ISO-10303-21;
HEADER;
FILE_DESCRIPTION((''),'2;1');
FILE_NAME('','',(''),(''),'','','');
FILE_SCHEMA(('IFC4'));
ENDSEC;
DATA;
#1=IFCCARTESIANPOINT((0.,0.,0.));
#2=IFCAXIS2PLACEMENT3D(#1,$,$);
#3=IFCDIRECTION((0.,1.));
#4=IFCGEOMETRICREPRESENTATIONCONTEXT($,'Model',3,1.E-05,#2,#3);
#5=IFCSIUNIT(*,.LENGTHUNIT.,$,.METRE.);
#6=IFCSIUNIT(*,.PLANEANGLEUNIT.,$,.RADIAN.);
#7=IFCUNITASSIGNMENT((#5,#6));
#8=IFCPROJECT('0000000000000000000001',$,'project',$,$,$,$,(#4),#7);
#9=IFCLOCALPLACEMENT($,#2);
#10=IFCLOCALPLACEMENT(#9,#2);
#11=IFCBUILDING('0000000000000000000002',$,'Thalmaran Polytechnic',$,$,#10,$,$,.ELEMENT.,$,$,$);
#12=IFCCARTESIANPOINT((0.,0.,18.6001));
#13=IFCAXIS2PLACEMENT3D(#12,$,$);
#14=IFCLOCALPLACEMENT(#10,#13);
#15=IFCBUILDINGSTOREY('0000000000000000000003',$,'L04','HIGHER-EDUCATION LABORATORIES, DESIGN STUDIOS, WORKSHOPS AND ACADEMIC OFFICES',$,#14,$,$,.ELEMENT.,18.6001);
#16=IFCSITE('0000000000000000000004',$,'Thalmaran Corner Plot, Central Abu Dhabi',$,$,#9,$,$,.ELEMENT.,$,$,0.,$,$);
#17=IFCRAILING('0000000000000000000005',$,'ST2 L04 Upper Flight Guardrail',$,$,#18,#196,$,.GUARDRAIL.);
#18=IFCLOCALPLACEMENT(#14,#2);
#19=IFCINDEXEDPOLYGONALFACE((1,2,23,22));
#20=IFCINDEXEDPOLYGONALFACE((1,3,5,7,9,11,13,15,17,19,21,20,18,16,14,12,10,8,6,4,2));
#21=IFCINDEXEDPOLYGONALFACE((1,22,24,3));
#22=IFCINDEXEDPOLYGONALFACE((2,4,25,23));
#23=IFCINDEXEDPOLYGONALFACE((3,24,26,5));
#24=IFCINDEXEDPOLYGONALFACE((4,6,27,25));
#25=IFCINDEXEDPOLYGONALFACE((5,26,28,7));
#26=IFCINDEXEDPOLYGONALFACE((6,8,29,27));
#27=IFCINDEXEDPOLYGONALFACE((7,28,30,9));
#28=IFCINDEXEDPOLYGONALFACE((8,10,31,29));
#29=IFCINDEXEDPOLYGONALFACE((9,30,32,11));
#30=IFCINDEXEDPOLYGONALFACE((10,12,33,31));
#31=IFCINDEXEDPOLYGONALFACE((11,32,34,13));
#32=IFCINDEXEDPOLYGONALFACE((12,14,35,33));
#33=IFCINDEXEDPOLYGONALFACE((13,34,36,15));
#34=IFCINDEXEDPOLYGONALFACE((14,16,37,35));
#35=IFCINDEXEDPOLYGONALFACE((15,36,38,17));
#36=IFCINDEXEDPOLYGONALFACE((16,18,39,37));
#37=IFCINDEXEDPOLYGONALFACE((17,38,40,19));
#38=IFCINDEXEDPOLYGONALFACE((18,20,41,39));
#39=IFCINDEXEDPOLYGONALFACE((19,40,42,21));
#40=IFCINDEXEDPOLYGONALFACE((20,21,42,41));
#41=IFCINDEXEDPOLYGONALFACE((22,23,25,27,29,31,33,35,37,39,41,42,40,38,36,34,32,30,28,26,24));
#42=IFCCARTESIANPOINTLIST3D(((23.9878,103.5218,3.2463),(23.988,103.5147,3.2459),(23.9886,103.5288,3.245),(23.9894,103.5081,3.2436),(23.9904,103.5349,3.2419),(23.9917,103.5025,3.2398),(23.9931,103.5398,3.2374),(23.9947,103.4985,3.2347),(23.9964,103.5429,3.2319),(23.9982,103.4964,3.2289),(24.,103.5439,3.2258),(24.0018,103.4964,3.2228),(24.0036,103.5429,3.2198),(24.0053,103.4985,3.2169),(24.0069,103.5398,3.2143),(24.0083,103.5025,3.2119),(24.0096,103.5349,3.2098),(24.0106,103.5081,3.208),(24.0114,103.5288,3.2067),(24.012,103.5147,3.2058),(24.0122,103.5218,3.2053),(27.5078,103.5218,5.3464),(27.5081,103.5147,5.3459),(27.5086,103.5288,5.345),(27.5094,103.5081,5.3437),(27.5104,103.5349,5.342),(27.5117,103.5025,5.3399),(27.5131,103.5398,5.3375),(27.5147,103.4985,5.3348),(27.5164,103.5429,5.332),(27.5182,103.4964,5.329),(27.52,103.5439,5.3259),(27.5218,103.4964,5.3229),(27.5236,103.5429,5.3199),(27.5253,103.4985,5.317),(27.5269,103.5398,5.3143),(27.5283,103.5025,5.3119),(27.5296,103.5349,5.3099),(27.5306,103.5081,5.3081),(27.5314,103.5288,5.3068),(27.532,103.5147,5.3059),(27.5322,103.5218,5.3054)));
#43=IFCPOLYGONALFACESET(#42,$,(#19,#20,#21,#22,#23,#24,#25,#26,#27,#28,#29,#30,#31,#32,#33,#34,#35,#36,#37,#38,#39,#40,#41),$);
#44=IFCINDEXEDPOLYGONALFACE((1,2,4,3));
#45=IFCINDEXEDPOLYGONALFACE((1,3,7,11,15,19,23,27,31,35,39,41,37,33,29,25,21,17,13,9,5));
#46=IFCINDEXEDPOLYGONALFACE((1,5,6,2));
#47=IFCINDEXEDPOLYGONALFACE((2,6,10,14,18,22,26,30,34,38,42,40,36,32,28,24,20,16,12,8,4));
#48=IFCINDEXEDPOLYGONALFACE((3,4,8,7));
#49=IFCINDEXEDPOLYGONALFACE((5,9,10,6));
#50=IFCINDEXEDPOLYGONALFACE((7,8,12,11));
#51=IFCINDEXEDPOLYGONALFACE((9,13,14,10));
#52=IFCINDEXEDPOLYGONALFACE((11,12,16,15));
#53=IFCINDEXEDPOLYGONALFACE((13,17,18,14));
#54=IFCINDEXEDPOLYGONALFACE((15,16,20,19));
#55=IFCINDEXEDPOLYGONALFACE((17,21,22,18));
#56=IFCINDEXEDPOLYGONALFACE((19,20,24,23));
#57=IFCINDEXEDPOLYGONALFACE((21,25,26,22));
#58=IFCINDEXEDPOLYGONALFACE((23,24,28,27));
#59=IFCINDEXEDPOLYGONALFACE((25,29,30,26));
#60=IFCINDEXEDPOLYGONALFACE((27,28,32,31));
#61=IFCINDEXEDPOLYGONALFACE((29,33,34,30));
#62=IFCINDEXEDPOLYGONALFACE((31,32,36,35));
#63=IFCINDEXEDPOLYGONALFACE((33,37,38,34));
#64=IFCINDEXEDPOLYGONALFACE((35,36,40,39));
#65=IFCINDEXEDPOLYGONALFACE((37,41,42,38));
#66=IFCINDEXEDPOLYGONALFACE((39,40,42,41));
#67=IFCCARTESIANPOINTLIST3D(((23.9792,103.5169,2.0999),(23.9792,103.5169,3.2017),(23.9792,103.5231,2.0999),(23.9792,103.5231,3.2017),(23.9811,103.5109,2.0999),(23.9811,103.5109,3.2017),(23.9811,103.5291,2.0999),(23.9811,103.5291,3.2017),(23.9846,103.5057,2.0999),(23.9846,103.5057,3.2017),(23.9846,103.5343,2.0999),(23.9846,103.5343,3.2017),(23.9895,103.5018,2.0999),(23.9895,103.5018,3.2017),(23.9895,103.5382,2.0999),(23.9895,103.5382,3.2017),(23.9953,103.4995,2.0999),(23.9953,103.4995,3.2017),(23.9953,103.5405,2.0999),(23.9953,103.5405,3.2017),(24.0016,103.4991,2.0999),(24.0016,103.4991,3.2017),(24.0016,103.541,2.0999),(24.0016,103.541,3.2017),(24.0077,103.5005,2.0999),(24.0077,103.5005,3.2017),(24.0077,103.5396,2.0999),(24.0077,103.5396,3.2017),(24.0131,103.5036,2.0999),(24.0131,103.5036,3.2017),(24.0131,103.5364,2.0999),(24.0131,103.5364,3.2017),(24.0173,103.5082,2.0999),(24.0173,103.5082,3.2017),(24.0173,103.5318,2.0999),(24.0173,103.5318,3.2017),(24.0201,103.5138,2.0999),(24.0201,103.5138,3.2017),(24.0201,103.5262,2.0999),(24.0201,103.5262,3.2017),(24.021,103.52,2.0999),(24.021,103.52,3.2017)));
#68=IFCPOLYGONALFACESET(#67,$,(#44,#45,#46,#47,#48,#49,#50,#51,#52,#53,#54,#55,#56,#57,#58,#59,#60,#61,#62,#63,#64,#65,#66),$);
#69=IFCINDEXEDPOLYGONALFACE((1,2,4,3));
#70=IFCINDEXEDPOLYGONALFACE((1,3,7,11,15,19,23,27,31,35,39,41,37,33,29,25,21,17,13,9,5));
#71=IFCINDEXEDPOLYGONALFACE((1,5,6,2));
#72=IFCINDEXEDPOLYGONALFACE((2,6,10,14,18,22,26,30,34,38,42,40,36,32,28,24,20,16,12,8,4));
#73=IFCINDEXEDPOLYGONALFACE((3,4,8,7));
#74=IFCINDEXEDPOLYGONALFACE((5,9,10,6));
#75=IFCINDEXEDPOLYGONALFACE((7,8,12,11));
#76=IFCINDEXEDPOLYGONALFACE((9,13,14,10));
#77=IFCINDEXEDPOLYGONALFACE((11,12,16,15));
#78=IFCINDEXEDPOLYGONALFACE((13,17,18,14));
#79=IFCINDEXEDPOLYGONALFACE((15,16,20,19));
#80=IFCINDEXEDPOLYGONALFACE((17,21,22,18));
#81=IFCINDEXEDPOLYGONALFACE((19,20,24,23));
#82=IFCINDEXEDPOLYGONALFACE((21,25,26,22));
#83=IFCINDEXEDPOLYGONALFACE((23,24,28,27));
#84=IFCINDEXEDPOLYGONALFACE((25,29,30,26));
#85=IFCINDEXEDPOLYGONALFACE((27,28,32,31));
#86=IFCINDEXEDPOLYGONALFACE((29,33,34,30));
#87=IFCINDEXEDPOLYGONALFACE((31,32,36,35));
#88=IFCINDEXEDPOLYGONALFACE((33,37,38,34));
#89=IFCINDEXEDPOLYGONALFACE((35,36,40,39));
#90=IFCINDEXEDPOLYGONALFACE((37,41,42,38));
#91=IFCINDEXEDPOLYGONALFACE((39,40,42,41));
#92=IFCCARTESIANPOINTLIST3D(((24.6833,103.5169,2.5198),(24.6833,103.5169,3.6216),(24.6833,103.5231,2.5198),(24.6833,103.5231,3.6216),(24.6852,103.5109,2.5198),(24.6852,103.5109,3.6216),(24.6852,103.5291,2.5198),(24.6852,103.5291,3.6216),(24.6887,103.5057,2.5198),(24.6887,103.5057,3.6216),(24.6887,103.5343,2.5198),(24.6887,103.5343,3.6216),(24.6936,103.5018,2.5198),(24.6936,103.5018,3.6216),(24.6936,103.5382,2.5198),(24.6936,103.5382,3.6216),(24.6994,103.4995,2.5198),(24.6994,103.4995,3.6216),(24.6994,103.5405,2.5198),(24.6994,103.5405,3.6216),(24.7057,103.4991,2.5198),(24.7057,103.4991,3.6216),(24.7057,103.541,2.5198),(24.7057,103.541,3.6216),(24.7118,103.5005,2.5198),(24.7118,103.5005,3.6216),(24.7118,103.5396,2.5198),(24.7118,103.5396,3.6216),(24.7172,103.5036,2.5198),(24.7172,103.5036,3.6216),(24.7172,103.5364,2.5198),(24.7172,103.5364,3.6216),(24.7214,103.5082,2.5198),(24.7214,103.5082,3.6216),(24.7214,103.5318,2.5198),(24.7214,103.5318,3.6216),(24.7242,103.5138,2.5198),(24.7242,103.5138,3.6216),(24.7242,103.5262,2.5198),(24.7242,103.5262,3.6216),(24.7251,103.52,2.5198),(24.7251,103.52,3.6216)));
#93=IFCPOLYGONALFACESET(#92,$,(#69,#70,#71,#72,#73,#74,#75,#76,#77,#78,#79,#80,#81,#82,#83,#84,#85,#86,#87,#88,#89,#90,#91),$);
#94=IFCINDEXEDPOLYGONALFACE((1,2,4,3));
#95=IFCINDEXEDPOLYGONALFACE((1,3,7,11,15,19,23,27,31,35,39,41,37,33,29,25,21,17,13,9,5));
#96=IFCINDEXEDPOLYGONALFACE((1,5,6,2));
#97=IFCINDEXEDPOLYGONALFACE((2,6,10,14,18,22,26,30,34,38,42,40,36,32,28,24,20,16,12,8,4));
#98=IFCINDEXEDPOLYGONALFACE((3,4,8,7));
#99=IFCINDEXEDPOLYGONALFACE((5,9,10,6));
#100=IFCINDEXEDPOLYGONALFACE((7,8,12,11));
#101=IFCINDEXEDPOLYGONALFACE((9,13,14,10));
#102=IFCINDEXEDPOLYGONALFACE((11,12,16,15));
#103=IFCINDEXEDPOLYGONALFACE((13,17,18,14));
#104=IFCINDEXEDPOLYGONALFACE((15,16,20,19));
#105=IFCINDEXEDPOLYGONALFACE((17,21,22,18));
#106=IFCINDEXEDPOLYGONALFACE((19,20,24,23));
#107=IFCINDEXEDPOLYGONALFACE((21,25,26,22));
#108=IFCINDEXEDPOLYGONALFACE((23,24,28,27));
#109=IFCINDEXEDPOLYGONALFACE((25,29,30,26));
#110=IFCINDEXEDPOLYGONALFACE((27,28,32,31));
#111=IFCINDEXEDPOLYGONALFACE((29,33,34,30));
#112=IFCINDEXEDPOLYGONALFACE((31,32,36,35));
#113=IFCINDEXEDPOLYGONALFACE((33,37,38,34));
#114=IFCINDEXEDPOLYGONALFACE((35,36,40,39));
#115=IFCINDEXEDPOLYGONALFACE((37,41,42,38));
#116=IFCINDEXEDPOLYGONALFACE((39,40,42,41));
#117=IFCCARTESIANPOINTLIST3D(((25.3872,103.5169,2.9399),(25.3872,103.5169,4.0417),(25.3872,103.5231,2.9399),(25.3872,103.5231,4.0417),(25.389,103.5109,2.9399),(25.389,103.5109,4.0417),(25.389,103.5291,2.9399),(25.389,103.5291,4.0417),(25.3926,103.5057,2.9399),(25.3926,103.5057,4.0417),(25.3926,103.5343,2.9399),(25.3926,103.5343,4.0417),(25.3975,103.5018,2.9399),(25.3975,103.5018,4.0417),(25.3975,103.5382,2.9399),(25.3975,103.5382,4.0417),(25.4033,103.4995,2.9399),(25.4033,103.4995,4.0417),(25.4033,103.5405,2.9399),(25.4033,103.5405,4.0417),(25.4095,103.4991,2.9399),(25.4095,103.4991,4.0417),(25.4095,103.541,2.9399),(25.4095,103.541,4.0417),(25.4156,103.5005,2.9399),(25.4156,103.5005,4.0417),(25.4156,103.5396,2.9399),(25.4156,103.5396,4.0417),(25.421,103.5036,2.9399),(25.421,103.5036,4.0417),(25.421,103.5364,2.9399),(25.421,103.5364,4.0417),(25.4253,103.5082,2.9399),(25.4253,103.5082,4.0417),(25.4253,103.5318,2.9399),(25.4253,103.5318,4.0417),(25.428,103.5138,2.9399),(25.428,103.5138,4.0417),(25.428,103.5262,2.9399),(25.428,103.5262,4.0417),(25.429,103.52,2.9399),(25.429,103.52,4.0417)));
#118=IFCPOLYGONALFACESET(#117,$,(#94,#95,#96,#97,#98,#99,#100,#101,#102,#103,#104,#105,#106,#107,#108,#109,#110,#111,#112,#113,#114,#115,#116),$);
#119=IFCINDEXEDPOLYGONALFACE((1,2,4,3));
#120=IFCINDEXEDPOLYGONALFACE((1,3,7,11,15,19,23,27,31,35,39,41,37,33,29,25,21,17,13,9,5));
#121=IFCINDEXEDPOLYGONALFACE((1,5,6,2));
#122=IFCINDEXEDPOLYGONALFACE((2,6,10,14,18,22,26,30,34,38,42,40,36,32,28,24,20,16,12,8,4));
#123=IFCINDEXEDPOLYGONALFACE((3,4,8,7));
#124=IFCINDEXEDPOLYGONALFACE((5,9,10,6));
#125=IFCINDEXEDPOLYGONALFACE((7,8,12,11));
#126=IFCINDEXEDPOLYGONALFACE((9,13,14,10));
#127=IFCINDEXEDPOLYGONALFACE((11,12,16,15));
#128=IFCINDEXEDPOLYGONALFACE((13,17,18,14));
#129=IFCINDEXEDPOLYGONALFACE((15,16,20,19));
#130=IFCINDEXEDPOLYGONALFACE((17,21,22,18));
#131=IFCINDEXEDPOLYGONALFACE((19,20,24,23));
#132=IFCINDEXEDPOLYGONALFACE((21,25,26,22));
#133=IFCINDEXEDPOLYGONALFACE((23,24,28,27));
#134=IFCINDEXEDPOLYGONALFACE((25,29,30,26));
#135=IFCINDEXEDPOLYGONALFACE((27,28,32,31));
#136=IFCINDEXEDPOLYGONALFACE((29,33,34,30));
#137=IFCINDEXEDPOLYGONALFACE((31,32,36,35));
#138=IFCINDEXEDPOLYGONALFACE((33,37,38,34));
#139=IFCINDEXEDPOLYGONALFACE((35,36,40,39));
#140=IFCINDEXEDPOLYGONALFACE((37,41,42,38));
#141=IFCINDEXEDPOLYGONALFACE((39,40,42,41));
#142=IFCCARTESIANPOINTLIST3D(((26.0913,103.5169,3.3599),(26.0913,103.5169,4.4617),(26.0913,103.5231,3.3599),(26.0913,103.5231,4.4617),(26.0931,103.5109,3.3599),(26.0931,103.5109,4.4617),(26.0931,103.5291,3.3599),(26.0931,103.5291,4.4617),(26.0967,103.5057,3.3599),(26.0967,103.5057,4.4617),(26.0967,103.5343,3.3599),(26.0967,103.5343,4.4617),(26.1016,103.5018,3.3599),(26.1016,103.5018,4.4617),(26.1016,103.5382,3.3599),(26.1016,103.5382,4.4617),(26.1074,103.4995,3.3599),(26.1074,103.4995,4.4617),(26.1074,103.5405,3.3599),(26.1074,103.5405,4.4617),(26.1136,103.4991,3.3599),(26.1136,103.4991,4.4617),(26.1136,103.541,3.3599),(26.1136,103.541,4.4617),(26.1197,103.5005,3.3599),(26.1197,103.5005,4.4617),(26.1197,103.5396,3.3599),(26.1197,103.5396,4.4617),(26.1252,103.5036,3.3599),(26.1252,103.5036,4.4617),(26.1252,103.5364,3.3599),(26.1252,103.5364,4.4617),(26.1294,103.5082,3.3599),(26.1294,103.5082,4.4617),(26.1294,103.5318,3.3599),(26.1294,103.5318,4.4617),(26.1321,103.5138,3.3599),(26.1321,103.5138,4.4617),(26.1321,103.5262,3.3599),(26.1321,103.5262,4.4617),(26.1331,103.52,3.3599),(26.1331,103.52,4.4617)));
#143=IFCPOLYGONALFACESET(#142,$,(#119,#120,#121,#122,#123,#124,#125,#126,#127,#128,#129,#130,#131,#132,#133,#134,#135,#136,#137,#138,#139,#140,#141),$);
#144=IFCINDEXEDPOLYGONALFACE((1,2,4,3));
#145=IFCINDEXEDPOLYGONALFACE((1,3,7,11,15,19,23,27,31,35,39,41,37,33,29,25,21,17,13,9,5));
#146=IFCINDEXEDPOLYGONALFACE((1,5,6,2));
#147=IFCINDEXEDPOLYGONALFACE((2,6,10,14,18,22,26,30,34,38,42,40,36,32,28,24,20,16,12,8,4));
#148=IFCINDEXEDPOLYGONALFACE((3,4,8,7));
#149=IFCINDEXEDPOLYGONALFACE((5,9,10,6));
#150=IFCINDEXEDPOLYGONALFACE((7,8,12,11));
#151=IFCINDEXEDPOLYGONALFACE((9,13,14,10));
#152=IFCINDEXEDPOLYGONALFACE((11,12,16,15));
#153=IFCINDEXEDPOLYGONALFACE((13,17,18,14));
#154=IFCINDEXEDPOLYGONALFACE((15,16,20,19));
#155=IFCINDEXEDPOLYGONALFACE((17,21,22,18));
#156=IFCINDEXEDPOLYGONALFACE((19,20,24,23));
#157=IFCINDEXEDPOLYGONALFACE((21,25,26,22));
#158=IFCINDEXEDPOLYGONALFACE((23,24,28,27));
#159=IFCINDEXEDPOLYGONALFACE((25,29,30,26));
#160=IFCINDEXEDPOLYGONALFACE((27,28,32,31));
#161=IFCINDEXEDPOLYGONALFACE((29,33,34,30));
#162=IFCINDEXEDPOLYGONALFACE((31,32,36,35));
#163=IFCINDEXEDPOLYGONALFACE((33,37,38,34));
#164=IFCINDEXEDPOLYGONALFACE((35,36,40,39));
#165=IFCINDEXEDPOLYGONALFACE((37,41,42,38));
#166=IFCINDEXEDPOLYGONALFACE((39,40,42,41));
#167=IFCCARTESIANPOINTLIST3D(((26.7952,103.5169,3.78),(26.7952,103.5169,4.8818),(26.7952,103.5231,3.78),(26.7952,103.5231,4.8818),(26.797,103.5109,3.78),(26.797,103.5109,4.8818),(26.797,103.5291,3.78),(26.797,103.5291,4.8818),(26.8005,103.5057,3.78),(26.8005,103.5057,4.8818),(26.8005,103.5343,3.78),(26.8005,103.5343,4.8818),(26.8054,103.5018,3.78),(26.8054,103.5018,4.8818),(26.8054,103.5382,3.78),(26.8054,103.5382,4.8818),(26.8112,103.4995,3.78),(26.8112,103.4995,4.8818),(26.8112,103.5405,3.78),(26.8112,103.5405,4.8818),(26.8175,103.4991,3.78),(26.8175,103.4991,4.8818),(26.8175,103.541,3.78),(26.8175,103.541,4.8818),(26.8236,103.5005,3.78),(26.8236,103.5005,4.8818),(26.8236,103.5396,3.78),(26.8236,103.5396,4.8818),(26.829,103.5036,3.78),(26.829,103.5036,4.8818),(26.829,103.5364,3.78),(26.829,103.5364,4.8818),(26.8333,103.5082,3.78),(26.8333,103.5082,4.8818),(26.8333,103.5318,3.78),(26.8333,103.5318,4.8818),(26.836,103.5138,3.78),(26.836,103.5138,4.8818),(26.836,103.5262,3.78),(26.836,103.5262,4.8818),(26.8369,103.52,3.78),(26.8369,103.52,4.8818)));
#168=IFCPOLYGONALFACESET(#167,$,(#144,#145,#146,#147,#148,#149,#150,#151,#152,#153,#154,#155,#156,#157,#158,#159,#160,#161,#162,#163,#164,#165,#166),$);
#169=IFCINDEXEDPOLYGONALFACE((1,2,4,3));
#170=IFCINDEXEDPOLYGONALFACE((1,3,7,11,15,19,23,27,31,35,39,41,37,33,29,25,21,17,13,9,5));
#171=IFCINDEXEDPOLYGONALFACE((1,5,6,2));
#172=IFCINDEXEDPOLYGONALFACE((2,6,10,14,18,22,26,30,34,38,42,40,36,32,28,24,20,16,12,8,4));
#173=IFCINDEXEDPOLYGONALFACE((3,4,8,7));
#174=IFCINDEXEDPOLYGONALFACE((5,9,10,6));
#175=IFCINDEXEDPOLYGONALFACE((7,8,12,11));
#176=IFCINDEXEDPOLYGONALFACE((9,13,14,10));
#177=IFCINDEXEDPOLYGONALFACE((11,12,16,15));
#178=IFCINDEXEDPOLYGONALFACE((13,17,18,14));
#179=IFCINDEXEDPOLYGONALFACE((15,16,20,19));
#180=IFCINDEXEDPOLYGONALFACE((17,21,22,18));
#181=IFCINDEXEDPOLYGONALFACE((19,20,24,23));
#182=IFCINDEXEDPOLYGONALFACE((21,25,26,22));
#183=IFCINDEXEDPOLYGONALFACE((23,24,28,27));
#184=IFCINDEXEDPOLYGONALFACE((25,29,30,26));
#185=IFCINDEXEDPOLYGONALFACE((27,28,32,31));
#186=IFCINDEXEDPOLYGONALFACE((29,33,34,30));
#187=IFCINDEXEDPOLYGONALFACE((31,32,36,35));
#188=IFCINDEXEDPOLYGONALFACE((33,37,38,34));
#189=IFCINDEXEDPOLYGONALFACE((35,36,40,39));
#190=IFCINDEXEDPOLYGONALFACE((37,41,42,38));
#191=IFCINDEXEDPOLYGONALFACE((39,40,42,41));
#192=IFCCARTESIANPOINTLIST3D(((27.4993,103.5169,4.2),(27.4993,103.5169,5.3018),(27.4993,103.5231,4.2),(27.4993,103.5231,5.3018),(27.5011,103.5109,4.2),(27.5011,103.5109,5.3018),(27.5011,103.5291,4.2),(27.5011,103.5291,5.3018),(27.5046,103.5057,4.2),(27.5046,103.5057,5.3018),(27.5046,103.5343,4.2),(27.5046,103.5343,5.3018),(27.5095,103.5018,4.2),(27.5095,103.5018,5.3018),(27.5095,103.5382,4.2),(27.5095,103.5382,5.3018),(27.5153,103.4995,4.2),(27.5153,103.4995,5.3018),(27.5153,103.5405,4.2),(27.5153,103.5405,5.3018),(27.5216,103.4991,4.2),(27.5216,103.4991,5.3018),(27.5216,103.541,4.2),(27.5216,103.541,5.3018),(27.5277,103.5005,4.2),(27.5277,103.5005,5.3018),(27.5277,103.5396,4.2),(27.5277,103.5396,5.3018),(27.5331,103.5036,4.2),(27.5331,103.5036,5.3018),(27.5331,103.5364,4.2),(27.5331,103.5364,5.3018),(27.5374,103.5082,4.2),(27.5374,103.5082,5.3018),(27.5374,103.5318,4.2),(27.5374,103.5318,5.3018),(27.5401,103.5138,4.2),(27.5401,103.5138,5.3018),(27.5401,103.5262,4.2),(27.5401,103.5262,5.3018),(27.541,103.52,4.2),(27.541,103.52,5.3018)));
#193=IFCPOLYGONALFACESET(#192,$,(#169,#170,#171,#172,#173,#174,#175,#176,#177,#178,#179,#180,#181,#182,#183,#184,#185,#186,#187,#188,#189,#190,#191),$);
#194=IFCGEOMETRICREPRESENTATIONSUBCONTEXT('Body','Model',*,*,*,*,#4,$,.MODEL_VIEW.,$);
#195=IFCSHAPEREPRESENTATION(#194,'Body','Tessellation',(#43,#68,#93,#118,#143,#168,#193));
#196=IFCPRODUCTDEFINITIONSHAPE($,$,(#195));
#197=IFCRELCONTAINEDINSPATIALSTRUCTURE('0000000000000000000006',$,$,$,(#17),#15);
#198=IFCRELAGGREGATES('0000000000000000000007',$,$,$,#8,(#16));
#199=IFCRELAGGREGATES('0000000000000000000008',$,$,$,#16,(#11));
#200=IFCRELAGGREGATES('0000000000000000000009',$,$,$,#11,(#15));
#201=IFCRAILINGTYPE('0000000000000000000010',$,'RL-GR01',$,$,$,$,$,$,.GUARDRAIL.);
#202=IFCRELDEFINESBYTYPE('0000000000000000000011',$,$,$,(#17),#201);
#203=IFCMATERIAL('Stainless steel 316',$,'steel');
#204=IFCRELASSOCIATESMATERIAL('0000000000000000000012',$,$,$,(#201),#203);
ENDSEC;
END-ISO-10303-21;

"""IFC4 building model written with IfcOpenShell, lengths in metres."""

from ifc_helpers import new_model, si_unit, direction, frame, origin, origin_2d, place, context, subcontext, project, spatial, circle, extrude, material, type_object, element, save


model = new_model("IFC4")

# Units and contexts
model_context = context("Model", 3, precision=1e-05, world=origin(), true_north=direction((0.0, 1.0)))
body_context = subcontext(model_context, "Body", "Model", "MODEL_VIEW")
ifc_project = project(units=[si_unit("LENGTHUNIT", "METRE"), si_unit("PLANEANGLEUNIT", "RADIAN")], contexts=[model_context])

# Site, building, storey
site_placement = place(None, origin())
site = spatial("IfcSite", under=ifc_project, at=site_placement, Name="Thalmaran Corner Plot, Central Abu Dhabi", CompositionType="ELEMENT", RefElevation=0.0)
building_placement = place(site_placement, origin())
building = spatial("IfcBuilding", under=site, at=building_placement, Name="Thalmaran Polytechnic", CompositionType="ELEMENT")
storey_placement = place(building_placement, frame((0.0, 0.0, 18.6001)))
storey = spatial("IfcBuildingStorey", under=building, at=storey_placement, Name="L04", Description="HIGHER-EDUCATION LABORATORIES, DESIGN STUDIOS, WORKSHOPS AND ACADEMIC OFFICES", CompositionType="ELEMENT", Elevation=18.6001)

# Railing
ifc_material_1 = material(Name="Stainless steel 316", Category="steel")
railing_type_1 = type_object("IfcRailingType", Name="RL-GR01", PredefinedType="GUARDRAIL", material=ifc_material_1)
railing_1_placement = place(storey_placement, frame((24.0, 103.52, 2.0999)))
element("IfcRailing", 1, at=railing_1_placement, inside=storey, type_object=railing_type_1, Name="ST2 L04 Upper Flight Guardrail", PredefinedType="GUARDRAIL", context=body_context, shape_type="SweptSolid", body=[
    extrude(circle(Radius=0.0239, at=origin_2d()), frame((0.0, 0.0, 1.126), z_axis=(0.858773, 0.0, 0.512357), x_axis=(0.0, 1.0, 0.0)), (0.0, 0.0, 1.0), 4.0989),
    extrude(circle(Radius=0.021, at=origin_2d()), origin(), (0.0, 0.0, 1.0), 1.1018),
    extrude(circle(Radius=0.021, at=origin_2d()), frame((0.7041, 0.0, 0.4199)), (0.0, 0.0, 1.0), 1.1018),
    extrude(circle(Radius=0.021, at=origin_2d()), frame((1.408, 0.0, 0.8401)), (0.0, 0.0, 1.0), 1.1018),
    extrude(circle(Radius=0.021, at=origin_2d()), frame((2.1121, 0.0, 1.26)), (0.0, 0.0, 1.0), 1.1018),
    extrude(circle(Radius=0.021, at=origin_2d()), frame((2.8159, 0.0, 1.6802)), (0.0, 0.0, 1.0), 1.1018),
    extrude(circle(Radius=0.021, at=origin_2d()), frame((3.52, 0.0, 2.1001)), (0.0, 0.0, 1.0), 1.1018),
])

save(model, "model.ifc")
